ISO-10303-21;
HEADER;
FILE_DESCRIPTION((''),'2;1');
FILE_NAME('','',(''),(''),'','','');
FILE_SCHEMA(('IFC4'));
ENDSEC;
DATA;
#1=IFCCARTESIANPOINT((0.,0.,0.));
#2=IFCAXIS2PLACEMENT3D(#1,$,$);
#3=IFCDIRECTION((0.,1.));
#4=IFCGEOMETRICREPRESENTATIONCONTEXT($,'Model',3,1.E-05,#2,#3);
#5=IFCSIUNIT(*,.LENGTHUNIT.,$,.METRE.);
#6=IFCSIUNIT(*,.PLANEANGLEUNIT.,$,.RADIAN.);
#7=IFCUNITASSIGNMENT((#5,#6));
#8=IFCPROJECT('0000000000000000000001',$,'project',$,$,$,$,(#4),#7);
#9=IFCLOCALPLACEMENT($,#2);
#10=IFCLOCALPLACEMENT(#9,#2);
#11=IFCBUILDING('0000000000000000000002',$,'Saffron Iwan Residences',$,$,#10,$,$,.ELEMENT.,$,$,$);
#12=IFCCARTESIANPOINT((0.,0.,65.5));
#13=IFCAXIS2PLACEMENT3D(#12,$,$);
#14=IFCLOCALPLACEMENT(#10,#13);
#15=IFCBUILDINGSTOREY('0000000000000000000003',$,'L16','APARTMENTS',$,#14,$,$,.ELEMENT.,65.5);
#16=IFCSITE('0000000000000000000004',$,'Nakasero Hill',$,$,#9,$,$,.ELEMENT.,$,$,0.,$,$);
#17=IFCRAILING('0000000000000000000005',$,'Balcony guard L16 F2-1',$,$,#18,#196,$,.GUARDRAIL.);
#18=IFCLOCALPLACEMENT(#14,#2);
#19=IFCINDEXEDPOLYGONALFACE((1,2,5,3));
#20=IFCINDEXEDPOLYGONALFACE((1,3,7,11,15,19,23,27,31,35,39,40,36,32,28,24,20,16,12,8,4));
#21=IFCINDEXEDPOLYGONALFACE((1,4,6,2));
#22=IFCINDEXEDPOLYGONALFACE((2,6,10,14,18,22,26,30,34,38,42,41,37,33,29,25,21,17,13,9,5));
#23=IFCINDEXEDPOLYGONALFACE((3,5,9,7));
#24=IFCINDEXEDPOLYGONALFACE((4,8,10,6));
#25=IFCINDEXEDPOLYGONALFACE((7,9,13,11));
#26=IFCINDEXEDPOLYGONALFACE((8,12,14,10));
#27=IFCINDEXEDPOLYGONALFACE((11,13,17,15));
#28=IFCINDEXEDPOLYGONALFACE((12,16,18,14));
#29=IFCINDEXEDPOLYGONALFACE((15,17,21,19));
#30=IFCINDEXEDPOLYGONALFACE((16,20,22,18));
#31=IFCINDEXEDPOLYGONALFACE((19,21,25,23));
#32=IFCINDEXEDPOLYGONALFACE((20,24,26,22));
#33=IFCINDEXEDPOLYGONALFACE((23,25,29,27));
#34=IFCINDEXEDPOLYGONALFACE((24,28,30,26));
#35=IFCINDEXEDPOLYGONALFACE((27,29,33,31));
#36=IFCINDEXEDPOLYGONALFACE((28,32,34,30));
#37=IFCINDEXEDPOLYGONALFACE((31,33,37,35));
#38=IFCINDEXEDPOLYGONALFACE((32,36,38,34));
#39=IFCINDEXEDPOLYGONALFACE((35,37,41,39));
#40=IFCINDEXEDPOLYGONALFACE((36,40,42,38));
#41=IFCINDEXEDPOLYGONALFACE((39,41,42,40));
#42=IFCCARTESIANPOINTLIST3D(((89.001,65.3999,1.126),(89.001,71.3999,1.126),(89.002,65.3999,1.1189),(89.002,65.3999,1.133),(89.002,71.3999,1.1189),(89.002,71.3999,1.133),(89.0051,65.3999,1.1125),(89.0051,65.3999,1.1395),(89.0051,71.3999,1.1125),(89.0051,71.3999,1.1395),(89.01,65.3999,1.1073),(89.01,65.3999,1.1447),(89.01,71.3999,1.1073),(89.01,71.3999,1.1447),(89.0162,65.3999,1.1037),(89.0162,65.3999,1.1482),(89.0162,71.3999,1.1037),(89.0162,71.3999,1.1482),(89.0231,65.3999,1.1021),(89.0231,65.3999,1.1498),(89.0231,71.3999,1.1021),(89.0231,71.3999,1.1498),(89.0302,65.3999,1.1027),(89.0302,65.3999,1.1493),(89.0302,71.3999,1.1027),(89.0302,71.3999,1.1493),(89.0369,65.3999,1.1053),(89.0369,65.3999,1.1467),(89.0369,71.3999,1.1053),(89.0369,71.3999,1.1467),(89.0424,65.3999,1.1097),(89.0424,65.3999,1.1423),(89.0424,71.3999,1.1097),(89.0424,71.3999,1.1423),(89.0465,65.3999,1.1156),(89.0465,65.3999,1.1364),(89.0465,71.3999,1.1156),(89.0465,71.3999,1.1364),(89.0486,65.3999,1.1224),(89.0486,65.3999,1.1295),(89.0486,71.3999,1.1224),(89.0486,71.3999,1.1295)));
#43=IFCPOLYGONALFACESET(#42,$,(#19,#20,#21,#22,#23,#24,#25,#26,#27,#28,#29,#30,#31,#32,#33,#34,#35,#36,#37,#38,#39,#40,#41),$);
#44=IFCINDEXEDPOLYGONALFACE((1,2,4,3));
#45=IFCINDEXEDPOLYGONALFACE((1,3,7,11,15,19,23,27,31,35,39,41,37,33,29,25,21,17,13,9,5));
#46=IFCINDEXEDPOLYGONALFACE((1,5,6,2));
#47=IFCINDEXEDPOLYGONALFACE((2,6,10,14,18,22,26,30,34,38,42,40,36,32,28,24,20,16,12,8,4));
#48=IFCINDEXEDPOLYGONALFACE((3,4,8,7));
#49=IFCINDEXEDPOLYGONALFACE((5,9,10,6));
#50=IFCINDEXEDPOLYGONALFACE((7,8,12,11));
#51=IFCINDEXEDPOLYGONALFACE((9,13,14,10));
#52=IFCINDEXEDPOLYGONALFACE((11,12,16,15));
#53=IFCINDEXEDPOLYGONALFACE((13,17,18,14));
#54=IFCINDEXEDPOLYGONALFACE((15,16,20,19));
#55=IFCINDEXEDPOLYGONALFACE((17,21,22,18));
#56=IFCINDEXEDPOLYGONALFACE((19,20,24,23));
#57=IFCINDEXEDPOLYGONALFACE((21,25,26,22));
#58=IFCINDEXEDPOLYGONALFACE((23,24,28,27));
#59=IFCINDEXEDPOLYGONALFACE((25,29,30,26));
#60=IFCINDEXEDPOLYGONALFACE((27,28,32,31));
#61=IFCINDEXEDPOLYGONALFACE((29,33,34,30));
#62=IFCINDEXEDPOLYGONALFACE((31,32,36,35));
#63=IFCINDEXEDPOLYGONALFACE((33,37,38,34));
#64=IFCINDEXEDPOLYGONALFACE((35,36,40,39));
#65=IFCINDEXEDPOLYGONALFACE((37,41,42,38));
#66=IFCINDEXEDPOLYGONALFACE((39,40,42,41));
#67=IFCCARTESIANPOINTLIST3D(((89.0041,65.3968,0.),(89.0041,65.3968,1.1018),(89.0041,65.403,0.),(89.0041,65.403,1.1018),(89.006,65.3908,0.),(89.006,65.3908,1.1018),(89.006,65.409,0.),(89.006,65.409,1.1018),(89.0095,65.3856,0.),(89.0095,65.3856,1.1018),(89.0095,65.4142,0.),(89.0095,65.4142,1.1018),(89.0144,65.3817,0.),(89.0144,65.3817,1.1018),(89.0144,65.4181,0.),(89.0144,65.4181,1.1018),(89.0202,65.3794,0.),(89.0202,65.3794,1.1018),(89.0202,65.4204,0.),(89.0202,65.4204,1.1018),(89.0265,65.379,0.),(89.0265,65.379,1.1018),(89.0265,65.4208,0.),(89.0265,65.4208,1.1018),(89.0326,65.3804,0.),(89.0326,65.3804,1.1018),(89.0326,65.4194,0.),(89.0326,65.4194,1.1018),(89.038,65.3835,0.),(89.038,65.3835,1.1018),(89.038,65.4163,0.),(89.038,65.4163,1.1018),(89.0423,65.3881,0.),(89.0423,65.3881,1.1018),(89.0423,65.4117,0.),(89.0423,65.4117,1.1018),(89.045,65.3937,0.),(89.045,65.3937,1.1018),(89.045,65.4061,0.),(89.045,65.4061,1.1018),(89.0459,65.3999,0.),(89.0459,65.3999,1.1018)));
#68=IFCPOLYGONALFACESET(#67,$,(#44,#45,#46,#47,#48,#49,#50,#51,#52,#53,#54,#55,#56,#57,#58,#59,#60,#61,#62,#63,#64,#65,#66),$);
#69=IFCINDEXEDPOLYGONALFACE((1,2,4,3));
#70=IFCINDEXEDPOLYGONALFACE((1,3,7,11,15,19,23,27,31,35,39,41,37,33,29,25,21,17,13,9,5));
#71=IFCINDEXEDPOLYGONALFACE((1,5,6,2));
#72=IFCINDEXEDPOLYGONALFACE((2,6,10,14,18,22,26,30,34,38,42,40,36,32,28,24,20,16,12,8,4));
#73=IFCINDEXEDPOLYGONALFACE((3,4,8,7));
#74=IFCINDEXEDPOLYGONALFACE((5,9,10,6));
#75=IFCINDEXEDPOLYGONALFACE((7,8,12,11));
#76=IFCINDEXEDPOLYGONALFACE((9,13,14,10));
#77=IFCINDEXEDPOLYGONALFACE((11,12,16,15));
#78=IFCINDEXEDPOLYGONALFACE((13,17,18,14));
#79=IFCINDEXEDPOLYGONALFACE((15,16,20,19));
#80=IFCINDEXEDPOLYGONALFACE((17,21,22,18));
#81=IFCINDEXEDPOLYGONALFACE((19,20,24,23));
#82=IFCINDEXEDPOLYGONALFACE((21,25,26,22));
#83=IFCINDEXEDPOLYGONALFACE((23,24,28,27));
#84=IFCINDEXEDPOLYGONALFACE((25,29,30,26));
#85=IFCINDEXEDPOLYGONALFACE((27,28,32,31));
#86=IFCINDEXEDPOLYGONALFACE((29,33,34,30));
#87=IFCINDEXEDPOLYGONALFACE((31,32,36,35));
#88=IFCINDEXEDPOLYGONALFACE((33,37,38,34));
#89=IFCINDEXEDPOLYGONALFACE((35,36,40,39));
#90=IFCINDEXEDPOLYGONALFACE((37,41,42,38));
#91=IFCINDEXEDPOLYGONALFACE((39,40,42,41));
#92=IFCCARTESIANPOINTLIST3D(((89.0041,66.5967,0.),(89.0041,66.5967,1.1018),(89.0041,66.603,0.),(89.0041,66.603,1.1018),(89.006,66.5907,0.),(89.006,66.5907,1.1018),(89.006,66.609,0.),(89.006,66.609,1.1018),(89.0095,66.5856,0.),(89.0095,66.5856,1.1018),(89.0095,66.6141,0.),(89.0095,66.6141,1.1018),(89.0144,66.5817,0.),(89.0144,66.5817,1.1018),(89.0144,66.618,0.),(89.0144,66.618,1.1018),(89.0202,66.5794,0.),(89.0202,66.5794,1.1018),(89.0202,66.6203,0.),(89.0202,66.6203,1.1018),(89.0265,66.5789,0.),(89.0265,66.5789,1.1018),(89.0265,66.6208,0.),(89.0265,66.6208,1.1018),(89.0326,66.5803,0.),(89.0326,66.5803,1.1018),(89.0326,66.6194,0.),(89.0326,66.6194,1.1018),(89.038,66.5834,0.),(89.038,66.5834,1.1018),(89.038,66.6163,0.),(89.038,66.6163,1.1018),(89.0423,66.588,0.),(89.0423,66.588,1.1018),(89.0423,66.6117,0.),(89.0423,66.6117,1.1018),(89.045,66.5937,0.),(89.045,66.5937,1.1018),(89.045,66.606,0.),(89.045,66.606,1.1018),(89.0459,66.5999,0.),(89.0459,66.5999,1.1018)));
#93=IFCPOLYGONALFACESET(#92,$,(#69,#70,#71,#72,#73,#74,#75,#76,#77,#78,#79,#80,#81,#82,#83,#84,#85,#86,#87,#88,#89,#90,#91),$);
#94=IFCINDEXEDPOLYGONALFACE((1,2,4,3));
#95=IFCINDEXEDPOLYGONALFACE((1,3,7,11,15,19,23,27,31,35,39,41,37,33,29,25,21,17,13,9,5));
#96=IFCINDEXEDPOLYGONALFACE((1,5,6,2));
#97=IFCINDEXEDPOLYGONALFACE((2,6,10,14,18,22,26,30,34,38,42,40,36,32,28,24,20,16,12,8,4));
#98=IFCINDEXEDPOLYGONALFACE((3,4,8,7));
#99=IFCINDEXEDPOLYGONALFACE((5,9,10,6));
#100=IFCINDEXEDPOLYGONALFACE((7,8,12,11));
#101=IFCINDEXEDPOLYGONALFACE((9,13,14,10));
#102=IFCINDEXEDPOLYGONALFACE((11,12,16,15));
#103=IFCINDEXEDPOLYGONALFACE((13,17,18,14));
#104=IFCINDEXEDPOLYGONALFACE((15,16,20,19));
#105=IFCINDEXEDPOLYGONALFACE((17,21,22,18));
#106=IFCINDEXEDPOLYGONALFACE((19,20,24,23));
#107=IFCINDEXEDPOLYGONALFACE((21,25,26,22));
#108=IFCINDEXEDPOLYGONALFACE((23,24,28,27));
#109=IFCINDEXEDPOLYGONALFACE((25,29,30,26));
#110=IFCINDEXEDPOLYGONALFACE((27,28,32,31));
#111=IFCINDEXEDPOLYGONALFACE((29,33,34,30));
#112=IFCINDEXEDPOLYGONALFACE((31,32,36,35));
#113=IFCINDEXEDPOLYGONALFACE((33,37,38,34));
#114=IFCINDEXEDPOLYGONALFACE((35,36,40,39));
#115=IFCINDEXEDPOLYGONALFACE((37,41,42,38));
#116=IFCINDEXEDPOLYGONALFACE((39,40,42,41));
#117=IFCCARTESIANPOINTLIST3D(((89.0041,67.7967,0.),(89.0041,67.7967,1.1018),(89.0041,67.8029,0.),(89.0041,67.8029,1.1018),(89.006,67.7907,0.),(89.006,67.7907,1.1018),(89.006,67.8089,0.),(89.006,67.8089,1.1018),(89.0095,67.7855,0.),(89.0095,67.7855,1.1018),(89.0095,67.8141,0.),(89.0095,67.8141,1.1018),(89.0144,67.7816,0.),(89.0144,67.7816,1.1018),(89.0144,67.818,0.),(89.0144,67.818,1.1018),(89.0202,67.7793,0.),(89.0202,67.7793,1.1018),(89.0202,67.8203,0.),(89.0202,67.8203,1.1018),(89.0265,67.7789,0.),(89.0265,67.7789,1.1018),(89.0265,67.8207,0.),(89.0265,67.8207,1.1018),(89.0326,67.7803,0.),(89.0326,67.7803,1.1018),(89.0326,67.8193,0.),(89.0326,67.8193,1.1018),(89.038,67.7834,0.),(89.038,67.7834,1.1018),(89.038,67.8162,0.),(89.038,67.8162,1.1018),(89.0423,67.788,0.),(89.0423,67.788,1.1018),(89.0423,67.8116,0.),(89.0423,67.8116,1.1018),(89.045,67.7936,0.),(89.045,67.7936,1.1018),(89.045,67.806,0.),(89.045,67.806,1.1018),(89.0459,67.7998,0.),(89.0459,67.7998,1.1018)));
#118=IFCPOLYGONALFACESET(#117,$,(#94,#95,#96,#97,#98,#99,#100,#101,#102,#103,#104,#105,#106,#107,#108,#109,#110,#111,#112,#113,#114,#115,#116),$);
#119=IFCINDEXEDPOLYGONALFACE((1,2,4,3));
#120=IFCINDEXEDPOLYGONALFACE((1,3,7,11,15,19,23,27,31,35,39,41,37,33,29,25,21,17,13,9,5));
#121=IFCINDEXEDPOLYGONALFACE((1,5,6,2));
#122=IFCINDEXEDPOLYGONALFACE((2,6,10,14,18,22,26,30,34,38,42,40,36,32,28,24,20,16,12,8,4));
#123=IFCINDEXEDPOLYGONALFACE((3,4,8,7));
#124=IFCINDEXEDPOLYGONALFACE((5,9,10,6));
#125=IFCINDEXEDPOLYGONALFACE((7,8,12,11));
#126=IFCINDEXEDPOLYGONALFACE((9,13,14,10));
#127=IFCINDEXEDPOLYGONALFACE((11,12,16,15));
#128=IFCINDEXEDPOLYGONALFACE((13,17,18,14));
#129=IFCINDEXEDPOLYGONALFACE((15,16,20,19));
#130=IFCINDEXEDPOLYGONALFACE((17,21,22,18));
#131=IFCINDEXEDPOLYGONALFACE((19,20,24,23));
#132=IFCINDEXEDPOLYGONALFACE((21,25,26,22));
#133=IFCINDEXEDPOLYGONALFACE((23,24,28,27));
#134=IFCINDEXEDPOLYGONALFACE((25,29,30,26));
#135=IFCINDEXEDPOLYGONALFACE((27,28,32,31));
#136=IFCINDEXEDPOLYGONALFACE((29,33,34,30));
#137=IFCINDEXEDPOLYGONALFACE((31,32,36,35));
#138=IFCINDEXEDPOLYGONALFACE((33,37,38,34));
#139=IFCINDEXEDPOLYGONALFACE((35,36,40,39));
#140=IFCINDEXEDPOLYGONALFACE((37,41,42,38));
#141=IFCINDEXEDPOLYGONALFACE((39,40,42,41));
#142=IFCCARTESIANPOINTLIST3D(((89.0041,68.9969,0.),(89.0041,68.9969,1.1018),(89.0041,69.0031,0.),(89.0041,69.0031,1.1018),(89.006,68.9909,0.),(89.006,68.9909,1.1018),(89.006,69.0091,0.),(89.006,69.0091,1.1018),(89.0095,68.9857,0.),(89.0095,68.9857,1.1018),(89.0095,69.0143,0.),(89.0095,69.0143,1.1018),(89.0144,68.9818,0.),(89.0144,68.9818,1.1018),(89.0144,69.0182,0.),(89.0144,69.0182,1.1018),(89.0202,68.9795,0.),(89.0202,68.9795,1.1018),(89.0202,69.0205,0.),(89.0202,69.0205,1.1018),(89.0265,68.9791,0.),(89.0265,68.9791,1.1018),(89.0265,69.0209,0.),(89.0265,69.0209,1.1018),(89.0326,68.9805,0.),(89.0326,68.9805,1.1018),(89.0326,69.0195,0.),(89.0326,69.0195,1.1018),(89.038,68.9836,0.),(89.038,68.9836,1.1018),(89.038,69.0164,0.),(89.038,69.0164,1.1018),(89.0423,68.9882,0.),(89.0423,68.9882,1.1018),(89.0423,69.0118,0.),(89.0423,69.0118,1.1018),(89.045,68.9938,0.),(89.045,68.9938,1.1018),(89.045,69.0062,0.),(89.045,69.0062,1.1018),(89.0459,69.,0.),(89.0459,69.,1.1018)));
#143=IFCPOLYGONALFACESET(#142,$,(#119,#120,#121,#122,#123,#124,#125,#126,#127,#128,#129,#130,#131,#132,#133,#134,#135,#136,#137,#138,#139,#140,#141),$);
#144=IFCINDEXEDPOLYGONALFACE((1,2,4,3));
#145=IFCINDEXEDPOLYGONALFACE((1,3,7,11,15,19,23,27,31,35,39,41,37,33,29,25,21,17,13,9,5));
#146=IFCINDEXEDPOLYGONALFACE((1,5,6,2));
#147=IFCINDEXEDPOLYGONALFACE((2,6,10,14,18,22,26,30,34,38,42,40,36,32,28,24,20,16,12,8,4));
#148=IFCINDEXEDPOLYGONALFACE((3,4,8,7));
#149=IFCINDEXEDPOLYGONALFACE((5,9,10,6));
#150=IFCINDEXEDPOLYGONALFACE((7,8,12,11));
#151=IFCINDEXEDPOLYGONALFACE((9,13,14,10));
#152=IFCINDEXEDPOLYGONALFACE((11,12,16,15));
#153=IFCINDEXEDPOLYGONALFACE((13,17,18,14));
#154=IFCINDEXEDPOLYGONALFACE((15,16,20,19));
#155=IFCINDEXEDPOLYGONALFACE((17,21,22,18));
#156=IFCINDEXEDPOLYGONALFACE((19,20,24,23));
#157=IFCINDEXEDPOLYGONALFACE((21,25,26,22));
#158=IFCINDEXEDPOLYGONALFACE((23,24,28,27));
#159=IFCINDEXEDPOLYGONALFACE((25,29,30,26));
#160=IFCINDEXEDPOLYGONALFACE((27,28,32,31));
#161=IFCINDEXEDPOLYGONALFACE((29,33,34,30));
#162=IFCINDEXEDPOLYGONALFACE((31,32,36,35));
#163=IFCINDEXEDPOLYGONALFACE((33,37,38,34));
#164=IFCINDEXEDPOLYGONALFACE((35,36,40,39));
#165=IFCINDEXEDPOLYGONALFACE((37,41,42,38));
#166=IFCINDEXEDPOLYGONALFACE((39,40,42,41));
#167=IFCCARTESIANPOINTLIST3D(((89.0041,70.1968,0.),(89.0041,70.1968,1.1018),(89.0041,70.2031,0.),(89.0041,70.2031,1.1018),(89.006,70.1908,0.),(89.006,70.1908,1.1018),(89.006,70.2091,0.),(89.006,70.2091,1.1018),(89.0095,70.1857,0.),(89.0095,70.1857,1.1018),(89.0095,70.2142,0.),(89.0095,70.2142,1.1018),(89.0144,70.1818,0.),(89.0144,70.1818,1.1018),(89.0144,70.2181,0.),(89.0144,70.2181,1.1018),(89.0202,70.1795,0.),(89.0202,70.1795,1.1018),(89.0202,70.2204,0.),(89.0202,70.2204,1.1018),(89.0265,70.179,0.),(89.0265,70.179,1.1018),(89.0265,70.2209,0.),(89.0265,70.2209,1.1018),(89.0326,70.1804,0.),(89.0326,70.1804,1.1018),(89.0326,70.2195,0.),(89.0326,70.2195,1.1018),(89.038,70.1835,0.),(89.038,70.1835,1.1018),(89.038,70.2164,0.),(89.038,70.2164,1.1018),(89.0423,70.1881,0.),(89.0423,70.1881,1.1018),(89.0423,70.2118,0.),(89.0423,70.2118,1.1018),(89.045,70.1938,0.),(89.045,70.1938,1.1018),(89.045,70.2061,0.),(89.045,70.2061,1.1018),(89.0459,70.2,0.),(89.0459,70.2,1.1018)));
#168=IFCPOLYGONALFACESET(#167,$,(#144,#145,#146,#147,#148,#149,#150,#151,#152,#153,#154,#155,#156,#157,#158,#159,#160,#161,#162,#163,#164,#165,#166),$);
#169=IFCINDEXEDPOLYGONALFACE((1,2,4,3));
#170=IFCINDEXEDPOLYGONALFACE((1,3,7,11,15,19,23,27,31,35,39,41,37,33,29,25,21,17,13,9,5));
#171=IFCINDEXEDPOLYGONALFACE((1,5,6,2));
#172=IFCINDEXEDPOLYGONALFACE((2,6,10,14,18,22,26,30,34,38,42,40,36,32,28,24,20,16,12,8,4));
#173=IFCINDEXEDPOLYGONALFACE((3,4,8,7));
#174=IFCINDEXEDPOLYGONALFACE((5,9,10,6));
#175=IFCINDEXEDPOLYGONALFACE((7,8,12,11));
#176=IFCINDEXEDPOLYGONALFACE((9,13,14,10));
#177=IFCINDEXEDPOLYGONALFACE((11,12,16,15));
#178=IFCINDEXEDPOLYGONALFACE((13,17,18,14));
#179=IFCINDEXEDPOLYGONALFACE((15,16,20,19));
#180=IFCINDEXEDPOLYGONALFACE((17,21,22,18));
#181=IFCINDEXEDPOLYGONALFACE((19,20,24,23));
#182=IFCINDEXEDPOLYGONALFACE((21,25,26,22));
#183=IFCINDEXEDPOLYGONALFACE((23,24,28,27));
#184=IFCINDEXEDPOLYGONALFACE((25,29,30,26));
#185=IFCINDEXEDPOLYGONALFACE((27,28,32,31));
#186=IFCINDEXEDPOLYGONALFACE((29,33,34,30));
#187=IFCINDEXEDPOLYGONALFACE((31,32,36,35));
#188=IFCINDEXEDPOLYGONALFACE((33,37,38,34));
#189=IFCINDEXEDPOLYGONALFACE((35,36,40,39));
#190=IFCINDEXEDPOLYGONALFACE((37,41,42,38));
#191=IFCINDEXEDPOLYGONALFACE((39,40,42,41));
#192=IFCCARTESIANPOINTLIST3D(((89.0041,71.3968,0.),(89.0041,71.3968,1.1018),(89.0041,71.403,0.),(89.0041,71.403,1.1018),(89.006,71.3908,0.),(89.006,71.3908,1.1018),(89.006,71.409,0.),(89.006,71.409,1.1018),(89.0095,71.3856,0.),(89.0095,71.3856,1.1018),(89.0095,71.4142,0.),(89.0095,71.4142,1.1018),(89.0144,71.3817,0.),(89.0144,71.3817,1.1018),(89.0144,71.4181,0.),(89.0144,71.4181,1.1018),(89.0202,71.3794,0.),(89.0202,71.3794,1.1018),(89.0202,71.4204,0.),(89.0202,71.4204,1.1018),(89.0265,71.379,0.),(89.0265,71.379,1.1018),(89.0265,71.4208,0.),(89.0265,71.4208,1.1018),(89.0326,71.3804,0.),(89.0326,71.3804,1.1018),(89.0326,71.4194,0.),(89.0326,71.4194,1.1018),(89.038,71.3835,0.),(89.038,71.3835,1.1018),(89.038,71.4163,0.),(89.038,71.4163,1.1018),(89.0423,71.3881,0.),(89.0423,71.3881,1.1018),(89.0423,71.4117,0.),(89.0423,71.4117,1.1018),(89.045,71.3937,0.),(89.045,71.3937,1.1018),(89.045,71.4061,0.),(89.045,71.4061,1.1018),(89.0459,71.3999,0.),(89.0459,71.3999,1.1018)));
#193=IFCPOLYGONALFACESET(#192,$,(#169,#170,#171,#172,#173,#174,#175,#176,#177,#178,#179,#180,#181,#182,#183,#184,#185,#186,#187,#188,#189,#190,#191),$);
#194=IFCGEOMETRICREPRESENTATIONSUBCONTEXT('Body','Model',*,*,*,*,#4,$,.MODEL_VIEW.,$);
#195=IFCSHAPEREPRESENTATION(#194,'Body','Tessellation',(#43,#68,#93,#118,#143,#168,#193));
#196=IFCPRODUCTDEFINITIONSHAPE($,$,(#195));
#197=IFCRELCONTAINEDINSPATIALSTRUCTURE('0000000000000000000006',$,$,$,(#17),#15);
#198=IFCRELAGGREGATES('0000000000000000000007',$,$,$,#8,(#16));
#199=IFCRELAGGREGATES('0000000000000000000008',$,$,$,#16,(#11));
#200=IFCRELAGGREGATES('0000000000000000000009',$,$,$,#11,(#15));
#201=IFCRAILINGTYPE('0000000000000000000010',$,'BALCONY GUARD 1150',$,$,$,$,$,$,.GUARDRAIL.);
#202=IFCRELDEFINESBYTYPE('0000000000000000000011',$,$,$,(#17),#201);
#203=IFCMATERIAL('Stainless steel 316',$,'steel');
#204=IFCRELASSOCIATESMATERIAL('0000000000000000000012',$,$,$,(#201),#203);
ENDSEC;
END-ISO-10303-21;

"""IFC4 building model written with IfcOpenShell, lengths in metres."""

from ifc_helpers import new_model, si_unit, direction, frame, origin, origin_2d, place, context, subcontext, project, spatial, circle, extrude, material, type_object, element, save


model = new_model("IFC4")

# Units and contexts
model_context = context("Model", 3, precision=1e-05, world=origin(), true_north=direction((0.0, 1.0)))
body_context = subcontext(model_context, "Body", "Model", "MODEL_VIEW")
ifc_project = project(units=[si_unit("LENGTHUNIT", "METRE"), si_unit("PLANEANGLEUNIT", "RADIAN")], contexts=[model_context])

# Site, building, storey
site_placement = place(None, origin())
site = spatial("IfcSite", under=ifc_project, at=site_placement, Name="Nakasero Hill", CompositionType="ELEMENT", RefElevation=0.0)
building_placement = place(site_placement, origin())
building = spatial("IfcBuilding", under=site, at=building_placement, Name="Saffron Iwan Residences", CompositionType="ELEMENT")
storey_placement = place(building_placement, frame((0.0, 0.0, 65.5)))
storey = spatial("IfcBuildingStorey", under=building, at=storey_placement, Name="L16", Description="APARTMENTS", CompositionType="ELEMENT", Elevation=65.5)

# Railing
ifc_material_1 = material(Name="Stainless steel 316", Category="steel")
railing_type_1 = type_object("IfcRailingType", Name="BALCONY GUARD 1150", PredefinedType="GUARDRAIL", material=ifc_material_1)
railing_1_placement = place(storey_placement, frame((89.0249, 65.3999, 0.0)))
element("IfcRailing", 1, at=railing_1_placement, inside=storey, type_object=railing_type_1, Name="Balcony guard L16 F2-1", PredefinedType="GUARDRAIL", context=body_context, shape_type="SweptSolid", body=[
    extrude(circle(Radius=0.0239, at=origin_2d()), frame((0.0, 0.0, 1.126), z_axis=(0.0, 1.0, 0.0), x_axis=(-1.0, 0.0, 0.0)), (0.0, 0.0, 1.0), 6.0),
    extrude(circle(Radius=0.021, at=origin_2d()), origin(), (0.0, 0.0, 1.0), 1.1018),
    extrude(circle(Radius=0.021, at=origin_2d()), frame((0.0, 1.2, 0.0)), (0.0, 0.0, 1.0), 1.1018),
    extrude(circle(Radius=0.021, at=origin_2d()), frame((0.0, 2.3999, 0.0)), (0.0, 0.0, 1.0), 1.1018),
    extrude(circle(Radius=0.021, at=origin_2d()), frame((0.0, 3.6001, 0.0)), (0.0, 0.0, 1.0), 1.1018),
    extrude(circle(Radius=0.021, at=origin_2d()), frame((0.0, 4.8, 0.0)), (0.0, 0.0, 1.0), 1.1018),
    extrude(circle(Radius=0.021, at=origin_2d()), frame((0.0, 6.0, 0.0)), (0.0, 0.0, 1.0), 1.1018),
])

save(model, "model.ifc")
